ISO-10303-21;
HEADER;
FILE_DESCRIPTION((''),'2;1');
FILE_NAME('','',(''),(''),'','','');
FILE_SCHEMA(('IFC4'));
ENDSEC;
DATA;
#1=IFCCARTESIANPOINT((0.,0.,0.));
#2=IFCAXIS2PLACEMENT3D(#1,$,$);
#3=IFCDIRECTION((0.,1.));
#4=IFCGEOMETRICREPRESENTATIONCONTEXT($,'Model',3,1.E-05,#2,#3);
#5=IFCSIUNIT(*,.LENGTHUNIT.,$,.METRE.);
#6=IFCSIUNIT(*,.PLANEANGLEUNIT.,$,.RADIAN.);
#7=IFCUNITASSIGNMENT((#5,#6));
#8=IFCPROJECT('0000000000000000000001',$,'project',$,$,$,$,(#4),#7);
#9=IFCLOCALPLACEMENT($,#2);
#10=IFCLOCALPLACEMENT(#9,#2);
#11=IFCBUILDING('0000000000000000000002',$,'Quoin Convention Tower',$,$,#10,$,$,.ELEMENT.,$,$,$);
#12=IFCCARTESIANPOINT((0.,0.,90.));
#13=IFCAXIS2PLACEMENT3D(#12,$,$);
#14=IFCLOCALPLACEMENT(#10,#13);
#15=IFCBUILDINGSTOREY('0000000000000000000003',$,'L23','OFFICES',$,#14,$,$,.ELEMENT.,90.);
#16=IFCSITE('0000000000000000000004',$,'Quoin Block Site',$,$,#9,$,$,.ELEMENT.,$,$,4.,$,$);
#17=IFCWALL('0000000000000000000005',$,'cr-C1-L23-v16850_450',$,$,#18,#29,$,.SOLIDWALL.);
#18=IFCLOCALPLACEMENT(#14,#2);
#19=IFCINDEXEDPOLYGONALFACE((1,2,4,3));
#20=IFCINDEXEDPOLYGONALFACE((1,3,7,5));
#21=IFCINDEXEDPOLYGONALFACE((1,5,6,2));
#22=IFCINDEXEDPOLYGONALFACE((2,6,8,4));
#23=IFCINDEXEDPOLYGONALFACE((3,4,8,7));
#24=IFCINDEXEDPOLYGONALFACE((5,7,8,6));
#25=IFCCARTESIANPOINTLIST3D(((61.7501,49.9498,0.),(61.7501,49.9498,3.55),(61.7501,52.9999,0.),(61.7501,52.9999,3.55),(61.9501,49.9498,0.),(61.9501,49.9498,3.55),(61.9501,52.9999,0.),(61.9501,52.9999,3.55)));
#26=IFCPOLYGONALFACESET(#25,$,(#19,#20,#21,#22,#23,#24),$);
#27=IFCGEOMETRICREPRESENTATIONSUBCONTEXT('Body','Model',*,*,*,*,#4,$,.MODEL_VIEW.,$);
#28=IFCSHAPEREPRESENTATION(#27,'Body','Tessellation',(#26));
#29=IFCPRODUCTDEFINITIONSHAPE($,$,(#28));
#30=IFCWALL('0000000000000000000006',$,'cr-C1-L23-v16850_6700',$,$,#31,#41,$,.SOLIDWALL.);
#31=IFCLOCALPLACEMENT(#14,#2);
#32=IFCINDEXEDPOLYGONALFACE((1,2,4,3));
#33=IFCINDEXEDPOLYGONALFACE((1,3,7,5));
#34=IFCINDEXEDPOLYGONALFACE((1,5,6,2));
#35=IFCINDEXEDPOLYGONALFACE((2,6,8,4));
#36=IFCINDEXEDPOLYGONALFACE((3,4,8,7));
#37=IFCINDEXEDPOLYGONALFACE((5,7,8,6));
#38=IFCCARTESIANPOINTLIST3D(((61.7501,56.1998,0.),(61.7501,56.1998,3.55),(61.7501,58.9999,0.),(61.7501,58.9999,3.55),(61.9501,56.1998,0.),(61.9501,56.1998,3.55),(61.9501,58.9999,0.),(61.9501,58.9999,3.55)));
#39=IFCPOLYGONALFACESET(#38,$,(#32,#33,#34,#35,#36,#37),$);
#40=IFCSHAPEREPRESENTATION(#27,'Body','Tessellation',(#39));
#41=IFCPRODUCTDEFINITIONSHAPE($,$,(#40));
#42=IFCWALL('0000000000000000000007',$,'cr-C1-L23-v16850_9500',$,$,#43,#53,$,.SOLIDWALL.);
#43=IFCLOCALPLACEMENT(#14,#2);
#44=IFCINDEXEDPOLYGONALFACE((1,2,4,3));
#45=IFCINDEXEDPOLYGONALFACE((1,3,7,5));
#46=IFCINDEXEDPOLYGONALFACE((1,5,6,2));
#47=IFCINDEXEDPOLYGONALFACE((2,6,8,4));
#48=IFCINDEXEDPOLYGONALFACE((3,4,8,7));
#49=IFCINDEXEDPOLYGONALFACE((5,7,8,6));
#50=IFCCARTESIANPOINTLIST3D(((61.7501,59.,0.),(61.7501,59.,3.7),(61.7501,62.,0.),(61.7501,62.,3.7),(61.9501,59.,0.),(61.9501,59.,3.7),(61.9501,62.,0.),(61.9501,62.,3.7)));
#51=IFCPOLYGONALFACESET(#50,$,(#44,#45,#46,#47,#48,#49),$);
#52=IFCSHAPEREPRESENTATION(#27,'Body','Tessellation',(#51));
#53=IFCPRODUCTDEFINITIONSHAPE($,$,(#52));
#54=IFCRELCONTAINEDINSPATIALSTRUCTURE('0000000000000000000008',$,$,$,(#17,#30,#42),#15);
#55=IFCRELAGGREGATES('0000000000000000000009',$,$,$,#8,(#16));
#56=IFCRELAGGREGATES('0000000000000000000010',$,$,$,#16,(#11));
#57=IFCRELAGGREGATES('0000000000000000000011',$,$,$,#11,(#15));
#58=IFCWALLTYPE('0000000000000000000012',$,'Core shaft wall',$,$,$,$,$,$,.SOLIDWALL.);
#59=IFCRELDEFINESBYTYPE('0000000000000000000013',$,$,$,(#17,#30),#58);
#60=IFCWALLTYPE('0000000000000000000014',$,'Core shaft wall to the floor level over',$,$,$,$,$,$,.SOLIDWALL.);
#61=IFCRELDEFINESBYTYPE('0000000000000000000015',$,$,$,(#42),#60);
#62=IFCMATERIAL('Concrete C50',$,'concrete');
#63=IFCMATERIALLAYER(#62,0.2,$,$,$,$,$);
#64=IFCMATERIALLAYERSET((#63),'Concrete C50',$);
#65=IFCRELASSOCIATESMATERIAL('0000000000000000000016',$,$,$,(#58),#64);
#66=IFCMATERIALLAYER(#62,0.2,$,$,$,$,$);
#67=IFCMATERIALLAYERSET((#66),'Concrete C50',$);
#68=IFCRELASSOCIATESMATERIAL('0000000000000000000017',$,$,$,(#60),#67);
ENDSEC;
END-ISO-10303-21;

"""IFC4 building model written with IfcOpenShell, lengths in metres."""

from ifc_helpers import new_model, si_unit, direction, frame, frame_2d, origin, place, context, subcontext, project, spatial, rectangle, extrude, material, layer, layer_set, type_object, element, save


model = new_model("IFC4")

# Units and contexts
model_context = context("Model", 3, precision=1e-05, world=origin(), true_north=direction((0.0, 1.0)))
body_context = subcontext(model_context, "Body", "Model", "MODEL_VIEW")
ifc_project = project(units=[si_unit("LENGTHUNIT", "METRE"), si_unit("PLANEANGLEUNIT", "RADIAN")], contexts=[model_context])

# Site, building, storey
site_placement = place(None, origin())
site = spatial("IfcSite", under=ifc_project, at=site_placement, Name="Quoin Block Site", CompositionType="ELEMENT", RefElevation=4.0)
building_placement = place(site_placement, origin())
building = spatial("IfcBuilding", under=site, at=building_placement, Name="Quoin Convention Tower", CompositionType="ELEMENT")
storey_placement = place(building_placement, frame((0.0, 0.0, 90.0)))
storey = spatial("IfcBuildingStorey", under=building, at=storey_placement, Name="L23", Description="OFFICES", CompositionType="ELEMENT", Elevation=90.0)

# Walls
ifc_material_1 = material(Name="Concrete C50", Category="concrete")
ifc_layer_1 = layer(ifc_material_1, 0.2)
ifc_layer_set_1 = layer_set([ifc_layer_1], Name="Concrete C50")
wall_type_1 = type_object("IfcWallType", Name="Core shaft wall", PredefinedType="SOLIDWALL", material=ifc_layer_set_1)
wall_1_placement = place(storey_placement, frame((61.8501, 49.95, 0.0), z_axis=(0.0, 0.0, 1.0), x_axis=(0.0, 1.0, 0.0)))
element("IfcWall", 1, at=wall_1_placement, inside=storey, type_object=wall_type_1, Name="cr-C1-L23-v16850_450", PredefinedType="SOLIDWALL", context=body_context, shape_type="SweptSolid", body=[
    extrude(rectangle(XDim=3.05, YDim=0.2, at=frame_2d((1.5249, 0.0))), origin(), (0.0, 0.0, 1.0), 3.55),
])
wall_2_placement = place(storey_placement, frame((61.8501, 56.2, 0.0), z_axis=(0.0, 0.0, 1.0), x_axis=(0.0, 1.0, 0.0)))
element("IfcWall", 2, at=wall_2_placement, inside=storey, type_object=wall_type_1, Name="cr-C1-L23-v16850_6700", PredefinedType="SOLIDWALL", context=body_context, shape_type="SweptSolid", body=[
    extrude(rectangle(XDim=2.8, YDim=0.2, at=frame_2d((1.3999, 0.0))), origin(), (0.0, 0.0, 1.0), 3.55),
])
ifc_layer_2 = layer(ifc_material_1, 0.2)
ifc_layer_set_2 = layer_set([ifc_layer_2], Name="Concrete C50")
wall_type_2 = type_object("IfcWallType", Name="Core shaft wall to the floor level over", PredefinedType="SOLIDWALL", material=ifc_layer_set_2)
wall_3_placement = place(storey_placement, frame((61.8501, 59.0, 0.0), z_axis=(0.0, 0.0, 1.0), x_axis=(0.0, 1.0, 0.0)))
element("IfcWall", 3, at=wall_3_placement, inside=storey, type_object=wall_type_2, Name="cr-C1-L23-v16850_9500", PredefinedType="SOLIDWALL", context=body_context, shape_type="SweptSolid", body=[
    extrude(rectangle(XDim=3.0, YDim=0.2, at=frame_2d((1.5, 0.0))), origin(), (0.0, 0.0, 1.0), 3.7),
])

save(model, "model.ifc")
